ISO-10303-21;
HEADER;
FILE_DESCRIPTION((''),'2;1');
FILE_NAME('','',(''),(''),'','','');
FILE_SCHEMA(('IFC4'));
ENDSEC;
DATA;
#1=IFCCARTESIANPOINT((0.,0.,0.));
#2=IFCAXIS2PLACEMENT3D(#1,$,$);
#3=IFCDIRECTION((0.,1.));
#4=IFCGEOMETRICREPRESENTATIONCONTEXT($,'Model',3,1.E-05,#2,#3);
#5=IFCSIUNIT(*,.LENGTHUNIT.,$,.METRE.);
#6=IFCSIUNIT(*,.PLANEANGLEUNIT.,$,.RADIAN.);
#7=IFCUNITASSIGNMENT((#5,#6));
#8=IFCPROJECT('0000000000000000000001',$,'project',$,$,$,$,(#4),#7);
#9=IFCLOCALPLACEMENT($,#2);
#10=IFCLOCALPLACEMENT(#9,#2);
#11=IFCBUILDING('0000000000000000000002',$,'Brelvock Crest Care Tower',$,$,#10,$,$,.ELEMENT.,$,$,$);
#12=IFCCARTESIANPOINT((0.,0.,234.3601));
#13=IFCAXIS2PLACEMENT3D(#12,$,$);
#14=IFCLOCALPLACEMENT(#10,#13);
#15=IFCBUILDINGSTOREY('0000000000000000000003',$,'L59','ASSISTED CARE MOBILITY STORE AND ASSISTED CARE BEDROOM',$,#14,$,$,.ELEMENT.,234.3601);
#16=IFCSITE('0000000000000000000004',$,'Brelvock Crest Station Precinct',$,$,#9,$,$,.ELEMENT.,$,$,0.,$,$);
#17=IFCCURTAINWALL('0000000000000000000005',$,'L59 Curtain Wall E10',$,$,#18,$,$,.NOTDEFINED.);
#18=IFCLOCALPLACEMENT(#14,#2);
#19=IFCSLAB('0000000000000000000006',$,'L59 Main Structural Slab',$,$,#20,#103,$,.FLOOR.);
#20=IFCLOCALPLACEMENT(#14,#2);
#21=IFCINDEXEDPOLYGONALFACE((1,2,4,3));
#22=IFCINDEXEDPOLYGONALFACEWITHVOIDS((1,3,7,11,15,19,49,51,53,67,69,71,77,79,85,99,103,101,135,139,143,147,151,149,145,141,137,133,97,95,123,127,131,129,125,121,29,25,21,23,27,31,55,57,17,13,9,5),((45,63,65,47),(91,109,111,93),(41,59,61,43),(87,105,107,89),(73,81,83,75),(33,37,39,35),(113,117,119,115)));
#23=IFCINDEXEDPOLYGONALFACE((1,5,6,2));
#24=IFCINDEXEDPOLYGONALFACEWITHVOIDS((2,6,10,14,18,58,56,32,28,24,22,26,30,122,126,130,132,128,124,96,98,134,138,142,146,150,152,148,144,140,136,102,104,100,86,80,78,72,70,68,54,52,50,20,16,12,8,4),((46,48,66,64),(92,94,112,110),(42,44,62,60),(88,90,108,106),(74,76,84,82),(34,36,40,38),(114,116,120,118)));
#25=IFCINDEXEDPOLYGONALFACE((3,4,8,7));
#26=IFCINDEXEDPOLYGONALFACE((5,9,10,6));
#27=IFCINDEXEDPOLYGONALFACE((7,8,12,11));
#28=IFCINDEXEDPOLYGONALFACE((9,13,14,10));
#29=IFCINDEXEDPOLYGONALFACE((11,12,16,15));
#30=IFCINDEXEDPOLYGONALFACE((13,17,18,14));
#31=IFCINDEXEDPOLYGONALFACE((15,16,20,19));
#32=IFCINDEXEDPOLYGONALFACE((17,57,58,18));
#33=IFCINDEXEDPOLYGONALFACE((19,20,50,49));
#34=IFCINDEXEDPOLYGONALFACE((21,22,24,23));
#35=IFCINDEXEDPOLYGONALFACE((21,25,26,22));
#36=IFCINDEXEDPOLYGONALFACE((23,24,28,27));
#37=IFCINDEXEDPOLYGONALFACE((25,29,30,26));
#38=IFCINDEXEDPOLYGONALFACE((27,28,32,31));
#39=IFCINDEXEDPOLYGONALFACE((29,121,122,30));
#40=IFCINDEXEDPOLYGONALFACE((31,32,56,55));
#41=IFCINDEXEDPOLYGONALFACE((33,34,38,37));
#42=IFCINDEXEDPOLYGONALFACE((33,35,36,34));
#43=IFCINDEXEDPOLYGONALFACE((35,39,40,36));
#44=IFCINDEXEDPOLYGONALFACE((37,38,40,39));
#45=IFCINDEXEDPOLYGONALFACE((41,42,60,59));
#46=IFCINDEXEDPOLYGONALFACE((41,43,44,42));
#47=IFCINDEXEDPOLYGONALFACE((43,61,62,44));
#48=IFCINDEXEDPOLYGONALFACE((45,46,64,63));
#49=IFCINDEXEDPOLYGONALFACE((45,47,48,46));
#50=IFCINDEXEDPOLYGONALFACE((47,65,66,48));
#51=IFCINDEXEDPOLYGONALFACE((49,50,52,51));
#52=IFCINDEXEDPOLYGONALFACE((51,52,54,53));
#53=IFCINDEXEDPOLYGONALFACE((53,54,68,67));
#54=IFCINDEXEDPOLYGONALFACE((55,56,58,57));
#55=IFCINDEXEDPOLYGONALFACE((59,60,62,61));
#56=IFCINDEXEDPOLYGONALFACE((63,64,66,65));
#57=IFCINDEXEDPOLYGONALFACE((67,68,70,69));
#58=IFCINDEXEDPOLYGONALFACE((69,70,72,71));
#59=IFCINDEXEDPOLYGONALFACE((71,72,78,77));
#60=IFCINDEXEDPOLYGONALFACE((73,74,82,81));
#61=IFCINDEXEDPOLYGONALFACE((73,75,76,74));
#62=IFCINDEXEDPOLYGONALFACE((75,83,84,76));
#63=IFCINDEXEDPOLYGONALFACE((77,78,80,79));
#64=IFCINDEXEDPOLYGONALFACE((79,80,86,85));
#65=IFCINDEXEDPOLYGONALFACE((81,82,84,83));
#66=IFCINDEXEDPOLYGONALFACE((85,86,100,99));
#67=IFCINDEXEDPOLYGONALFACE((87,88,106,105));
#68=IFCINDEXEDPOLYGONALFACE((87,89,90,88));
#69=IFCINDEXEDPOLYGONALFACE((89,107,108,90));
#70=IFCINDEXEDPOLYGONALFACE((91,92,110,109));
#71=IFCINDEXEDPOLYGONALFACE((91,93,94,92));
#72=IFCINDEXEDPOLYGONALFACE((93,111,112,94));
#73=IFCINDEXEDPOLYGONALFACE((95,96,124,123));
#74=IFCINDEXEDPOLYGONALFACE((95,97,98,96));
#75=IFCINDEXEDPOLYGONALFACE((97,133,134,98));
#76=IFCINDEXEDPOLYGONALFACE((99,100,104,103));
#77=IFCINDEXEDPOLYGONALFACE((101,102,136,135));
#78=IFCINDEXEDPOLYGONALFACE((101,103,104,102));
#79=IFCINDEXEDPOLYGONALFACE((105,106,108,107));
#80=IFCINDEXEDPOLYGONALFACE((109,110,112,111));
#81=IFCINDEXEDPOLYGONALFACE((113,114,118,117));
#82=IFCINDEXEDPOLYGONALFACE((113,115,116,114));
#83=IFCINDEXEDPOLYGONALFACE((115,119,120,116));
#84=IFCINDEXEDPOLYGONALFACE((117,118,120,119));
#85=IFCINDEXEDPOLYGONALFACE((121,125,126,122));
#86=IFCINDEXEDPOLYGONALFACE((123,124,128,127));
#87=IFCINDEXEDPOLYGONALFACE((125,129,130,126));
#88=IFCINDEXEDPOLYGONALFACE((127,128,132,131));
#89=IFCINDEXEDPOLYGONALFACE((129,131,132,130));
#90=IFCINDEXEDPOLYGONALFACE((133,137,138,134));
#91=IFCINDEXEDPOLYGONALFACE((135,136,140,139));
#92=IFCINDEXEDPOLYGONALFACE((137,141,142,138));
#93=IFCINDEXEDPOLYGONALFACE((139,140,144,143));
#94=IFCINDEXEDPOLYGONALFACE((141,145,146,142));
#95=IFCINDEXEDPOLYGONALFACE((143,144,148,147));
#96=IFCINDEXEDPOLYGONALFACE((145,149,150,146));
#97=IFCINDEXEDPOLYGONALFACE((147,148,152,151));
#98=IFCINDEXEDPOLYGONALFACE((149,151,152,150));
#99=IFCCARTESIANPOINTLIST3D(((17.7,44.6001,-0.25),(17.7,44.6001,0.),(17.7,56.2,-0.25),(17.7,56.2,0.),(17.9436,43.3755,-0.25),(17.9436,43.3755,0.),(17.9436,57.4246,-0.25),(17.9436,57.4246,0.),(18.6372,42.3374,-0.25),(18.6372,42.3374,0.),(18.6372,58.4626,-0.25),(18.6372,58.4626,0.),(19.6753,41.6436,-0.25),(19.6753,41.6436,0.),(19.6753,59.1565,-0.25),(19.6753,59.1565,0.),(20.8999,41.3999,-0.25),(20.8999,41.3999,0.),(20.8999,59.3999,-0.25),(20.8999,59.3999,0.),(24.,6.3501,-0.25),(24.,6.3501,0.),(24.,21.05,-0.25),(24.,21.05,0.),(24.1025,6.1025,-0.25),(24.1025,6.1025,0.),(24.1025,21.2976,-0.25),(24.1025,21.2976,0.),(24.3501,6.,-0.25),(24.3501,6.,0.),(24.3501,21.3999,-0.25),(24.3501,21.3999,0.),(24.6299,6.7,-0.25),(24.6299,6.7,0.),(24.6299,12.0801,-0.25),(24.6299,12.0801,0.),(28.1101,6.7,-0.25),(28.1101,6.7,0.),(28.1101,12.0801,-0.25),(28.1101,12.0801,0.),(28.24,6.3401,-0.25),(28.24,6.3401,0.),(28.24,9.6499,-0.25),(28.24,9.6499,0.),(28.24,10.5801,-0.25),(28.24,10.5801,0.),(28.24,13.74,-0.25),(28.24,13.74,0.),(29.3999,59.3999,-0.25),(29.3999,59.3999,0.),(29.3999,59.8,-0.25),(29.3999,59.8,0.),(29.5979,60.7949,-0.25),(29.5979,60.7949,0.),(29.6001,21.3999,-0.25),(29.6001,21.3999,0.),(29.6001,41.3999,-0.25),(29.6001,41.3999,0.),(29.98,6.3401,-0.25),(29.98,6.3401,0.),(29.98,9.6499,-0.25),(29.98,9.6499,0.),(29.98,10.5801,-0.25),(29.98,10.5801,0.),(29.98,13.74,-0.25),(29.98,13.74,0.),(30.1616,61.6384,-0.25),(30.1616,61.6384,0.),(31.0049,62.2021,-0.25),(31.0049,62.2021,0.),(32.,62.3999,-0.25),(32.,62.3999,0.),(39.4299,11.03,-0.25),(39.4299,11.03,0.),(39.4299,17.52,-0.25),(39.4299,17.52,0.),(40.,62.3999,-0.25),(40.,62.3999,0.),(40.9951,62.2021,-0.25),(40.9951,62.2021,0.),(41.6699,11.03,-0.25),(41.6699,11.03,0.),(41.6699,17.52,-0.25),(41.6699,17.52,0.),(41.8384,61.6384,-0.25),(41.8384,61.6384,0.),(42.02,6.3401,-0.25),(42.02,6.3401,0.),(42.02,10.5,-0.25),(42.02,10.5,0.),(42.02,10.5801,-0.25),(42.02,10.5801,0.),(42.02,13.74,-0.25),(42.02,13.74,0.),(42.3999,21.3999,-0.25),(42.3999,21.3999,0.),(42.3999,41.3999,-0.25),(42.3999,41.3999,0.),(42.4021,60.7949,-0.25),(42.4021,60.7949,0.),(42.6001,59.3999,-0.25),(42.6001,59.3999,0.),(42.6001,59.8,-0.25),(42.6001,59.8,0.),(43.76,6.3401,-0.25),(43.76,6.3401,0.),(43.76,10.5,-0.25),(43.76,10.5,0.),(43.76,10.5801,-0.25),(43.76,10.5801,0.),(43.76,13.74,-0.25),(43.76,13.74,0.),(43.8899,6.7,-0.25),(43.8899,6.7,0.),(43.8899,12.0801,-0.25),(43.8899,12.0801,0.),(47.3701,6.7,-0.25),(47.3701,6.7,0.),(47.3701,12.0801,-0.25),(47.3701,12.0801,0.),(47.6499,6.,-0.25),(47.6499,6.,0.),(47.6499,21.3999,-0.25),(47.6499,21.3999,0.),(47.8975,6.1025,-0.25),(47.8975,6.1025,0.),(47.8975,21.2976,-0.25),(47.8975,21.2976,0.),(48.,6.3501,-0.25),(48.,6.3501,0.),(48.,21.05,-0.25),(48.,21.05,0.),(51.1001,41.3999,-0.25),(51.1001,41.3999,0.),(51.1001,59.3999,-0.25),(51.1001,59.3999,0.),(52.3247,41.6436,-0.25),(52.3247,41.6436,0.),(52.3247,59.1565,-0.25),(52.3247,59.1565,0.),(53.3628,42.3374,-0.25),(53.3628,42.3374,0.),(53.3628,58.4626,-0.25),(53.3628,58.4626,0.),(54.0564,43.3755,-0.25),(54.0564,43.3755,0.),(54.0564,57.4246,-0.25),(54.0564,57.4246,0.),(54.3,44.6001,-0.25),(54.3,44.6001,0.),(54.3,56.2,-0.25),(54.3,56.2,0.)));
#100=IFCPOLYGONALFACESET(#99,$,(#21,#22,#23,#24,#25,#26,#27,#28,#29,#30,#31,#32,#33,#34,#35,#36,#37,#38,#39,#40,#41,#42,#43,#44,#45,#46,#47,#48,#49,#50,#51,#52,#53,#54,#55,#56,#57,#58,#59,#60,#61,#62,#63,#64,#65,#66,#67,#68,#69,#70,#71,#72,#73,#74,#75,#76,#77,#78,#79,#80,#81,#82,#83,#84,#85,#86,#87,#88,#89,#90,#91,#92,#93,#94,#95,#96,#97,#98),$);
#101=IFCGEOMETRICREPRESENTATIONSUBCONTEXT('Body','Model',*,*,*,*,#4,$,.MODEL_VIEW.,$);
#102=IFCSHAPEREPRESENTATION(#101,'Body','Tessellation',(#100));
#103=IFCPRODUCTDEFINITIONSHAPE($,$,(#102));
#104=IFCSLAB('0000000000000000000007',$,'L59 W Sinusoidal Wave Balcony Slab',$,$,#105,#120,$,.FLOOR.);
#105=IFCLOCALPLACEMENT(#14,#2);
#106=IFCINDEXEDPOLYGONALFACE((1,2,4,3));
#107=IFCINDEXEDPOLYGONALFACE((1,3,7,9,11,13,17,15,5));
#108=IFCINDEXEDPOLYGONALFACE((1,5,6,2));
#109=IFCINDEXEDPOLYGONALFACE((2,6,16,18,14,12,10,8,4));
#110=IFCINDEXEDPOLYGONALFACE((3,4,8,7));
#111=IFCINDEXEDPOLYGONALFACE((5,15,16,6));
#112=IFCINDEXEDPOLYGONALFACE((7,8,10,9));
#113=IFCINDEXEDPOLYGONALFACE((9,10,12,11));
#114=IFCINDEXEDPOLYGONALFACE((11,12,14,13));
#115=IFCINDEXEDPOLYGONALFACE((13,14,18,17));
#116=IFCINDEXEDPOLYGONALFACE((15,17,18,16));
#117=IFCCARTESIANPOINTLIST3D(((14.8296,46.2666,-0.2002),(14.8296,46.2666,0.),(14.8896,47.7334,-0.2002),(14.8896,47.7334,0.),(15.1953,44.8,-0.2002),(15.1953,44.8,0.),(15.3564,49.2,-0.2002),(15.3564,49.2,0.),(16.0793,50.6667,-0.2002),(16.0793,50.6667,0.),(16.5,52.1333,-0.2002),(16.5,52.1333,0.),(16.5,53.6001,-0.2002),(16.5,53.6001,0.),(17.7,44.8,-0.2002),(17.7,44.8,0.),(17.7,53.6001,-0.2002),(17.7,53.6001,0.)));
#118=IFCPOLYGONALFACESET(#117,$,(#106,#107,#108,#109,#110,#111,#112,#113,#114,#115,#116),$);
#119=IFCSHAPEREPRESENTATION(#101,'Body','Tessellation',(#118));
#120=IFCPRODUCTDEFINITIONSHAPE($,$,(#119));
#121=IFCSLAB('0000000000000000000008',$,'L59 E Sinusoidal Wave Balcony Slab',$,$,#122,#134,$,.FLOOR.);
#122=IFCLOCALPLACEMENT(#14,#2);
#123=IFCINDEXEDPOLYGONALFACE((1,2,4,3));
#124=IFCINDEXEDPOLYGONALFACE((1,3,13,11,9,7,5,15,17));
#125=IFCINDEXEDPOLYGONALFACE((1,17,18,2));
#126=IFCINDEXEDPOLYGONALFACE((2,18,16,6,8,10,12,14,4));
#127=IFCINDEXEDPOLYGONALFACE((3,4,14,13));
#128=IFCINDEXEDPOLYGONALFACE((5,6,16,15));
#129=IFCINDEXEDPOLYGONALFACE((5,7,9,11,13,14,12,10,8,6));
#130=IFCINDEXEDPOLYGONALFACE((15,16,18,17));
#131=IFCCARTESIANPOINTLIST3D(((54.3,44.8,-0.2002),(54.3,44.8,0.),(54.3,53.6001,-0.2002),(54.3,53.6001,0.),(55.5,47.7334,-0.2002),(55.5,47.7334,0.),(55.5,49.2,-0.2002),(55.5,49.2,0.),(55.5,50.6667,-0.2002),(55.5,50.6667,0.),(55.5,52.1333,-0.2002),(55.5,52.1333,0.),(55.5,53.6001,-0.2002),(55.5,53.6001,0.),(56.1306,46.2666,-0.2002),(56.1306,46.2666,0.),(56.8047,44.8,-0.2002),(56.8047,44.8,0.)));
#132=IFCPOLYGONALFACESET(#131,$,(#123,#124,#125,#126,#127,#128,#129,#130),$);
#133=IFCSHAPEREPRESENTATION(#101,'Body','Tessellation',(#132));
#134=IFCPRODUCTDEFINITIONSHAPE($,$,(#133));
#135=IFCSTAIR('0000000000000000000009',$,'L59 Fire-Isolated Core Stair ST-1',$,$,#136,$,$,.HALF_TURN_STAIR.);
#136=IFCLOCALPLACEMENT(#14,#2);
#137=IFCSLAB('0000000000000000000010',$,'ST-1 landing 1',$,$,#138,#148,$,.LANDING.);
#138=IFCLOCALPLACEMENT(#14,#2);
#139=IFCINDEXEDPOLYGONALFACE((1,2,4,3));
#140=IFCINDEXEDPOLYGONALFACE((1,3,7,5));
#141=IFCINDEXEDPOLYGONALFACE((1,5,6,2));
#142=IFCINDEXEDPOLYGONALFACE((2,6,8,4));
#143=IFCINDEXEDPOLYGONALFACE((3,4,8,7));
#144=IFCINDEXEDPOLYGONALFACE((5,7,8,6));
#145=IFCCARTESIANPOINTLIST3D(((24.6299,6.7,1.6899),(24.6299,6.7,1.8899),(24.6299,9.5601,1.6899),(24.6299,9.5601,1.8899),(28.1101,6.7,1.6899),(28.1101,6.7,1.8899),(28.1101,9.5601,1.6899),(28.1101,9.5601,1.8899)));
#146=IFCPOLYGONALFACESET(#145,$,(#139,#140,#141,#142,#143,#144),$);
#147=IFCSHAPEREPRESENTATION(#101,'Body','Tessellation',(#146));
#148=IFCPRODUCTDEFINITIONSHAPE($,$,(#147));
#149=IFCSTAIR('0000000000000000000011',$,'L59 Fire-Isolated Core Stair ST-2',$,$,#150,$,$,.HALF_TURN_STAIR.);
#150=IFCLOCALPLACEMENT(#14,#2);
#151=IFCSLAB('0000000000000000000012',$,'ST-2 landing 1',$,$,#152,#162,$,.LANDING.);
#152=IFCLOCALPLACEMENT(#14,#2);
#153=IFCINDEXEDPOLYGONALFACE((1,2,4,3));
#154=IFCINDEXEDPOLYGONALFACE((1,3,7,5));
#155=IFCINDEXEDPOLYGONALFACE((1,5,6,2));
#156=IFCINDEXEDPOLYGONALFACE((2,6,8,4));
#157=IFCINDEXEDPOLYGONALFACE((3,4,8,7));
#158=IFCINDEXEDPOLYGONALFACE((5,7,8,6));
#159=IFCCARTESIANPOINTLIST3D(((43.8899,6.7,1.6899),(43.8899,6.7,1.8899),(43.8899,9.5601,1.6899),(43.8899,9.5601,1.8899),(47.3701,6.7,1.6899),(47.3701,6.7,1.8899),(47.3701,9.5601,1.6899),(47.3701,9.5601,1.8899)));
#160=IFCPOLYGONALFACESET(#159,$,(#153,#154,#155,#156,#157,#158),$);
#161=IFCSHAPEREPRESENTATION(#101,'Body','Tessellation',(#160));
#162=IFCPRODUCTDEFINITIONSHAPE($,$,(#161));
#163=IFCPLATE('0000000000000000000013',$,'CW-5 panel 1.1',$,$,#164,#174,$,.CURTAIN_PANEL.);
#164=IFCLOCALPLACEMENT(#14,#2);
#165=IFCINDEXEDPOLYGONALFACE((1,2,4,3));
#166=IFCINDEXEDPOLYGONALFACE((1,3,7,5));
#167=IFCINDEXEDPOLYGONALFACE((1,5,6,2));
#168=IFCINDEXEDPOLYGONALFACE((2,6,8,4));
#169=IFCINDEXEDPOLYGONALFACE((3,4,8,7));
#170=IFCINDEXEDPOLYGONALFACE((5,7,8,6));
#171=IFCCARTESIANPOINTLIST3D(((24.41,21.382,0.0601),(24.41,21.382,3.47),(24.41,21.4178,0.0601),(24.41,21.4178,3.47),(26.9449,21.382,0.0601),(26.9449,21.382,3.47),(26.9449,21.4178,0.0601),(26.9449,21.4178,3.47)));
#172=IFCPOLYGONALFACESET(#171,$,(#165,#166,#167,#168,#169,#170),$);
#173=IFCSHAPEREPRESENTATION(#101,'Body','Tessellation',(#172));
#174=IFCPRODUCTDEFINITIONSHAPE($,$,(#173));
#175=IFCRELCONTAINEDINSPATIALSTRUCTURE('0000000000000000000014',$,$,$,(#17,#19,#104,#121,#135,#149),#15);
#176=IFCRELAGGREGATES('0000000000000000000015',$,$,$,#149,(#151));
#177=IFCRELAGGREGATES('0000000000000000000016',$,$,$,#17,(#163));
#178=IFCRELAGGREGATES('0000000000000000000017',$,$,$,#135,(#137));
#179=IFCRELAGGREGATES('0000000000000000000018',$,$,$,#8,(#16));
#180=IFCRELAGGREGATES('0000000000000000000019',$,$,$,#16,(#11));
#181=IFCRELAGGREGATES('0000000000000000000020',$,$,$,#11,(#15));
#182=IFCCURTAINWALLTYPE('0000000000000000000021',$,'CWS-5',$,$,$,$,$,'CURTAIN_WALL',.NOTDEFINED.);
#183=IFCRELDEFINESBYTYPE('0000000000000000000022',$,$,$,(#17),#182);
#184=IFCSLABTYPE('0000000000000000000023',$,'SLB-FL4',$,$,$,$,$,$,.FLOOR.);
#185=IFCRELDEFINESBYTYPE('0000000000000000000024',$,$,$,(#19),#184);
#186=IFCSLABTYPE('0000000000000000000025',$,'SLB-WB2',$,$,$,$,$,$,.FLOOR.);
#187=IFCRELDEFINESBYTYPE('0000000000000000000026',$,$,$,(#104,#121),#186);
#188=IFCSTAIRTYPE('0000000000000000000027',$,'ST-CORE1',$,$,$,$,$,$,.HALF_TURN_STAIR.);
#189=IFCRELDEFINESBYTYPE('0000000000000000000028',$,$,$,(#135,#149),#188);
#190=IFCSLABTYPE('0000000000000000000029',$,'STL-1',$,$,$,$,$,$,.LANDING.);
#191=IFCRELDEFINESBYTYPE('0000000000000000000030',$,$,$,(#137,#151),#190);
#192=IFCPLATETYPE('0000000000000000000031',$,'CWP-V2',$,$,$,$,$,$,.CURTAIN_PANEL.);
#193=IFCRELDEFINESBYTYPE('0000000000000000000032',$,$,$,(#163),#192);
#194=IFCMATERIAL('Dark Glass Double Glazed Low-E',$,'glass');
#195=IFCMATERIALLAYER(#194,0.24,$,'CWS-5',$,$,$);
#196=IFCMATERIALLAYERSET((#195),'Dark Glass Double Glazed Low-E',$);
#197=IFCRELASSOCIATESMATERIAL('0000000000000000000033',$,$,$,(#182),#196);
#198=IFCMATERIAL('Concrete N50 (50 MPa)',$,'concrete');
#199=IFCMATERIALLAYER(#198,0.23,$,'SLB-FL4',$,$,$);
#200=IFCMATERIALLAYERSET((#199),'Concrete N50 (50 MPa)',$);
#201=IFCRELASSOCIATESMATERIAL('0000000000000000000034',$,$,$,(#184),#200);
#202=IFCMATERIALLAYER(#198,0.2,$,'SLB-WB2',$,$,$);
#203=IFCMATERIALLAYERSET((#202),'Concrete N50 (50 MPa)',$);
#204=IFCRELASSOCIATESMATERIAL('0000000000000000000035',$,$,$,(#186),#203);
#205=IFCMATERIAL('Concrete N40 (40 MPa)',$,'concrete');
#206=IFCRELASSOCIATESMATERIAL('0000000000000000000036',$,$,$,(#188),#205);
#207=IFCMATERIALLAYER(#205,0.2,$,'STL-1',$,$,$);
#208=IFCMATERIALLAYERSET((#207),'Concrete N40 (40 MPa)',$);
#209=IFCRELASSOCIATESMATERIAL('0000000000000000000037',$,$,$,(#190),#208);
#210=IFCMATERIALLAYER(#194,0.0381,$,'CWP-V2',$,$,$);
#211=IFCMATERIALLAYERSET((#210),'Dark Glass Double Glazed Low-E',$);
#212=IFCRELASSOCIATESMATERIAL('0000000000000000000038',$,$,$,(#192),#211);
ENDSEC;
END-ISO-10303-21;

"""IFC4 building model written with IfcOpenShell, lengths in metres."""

from ifc_helpers import new_model, si_unit, direction, frame, origin, origin_2d, place, context, subcontext, project, spatial, polyline, rectangle, outline, extrude, source, transform, mapped, material, layer, layer_set, type_object, element, aggregate, save


model = new_model("IFC4")

# Units and contexts
model_context = context("Model", 3, precision=1e-05, world=origin(), true_north=direction((0.0, 1.0)))
body_context = subcontext(model_context, "Body", "Model", "MODEL_VIEW")
ifc_project = project(units=[si_unit("LENGTHUNIT", "METRE"), si_unit("PLANEANGLEUNIT", "RADIAN")], contexts=[model_context])

# Site, building, storey
site_placement = place(None, origin())
site = spatial("IfcSite", under=ifc_project, at=site_placement, Name="Brelvock Crest Station Precinct", CompositionType="ELEMENT", RefElevation=0.0)
building_placement = place(site_placement, origin())
building = spatial("IfcBuilding", under=site, at=building_placement, Name="Brelvock Crest Care Tower", CompositionType="ELEMENT")
storey_placement = place(building_placement, frame((0.0, 0.0, 234.3601)))
storey = spatial("IfcBuildingStorey", under=building, at=storey_placement, Name="L59", Description="ASSISTED CARE MOBILITY STORE AND ASSISTED CARE BEDROOM", CompositionType="ELEMENT", Elevation=234.3601)

# Curtain wall
ifc_material_1 = material(Name="Dark Glass Double Glazed Low-E", Category="glass")
ifc_layer_1 = layer(ifc_material_1, 0.24, Name="CWS-5")
ifc_layer_set_1 = layer_set([ifc_layer_1], Name="Dark Glass Double Glazed Low-E")
curtain_wall_type = type_object("IfcCurtainWallType", Name="CWS-5", ElementType="CURTAIN_WALL", PredefinedType="NOTDEFINED", material=ifc_layer_set_1)
curtain_wall_placement = place(storey_placement, origin())
curtain_wall = element("IfcCurtainWall", 1, at=curtain_wall_placement, inside=storey, type_object=curtain_wall_type, Name="L59 Curtain Wall E10", PredefinedType="NOTDEFINED")

# Slabs
ifc_material_2 = material(Name="Concrete N50 (50 MPa)", Category="concrete")
ifc_layer_2 = layer(ifc_material_2, 0.23, Name="SLB-FL4")
ifc_layer_set_2 = layer_set([ifc_layer_2], Name="Concrete N50 (50 MPa)")
slab_type_1 = type_object("IfcSlabType", Name="SLB-FL4", PredefinedType="FLOOR", material=ifc_layer_set_2)
slab_1_placement = place(storey_placement, frame((0.0, 0.0, -0.25)))
element("IfcSlab", 2, at=slab_1_placement, inside=storey, type_object=slab_type_1, Name="L59 Main Structural Slab", PredefinedType="FLOOR", context=body_context, shape_type="SweptSolid", body=[
    extrude(outline(polyline([(47.6499, 21.3999), (42.3999, 21.3999), (42.3999, 41.3999), (51.1001, 41.3999), (52.3247, 41.6436), (53.3628, 42.3374), (54.0564, 43.3755), (54.3, 44.6001), (54.3, 56.2), (54.0564, 57.4246), (53.3628, 58.4626), (52.3247, 59.1565), (51.1001, 59.3999), (42.6001, 59.3999), (42.6001, 59.8), (42.4021, 60.7949), (41.8384, 61.6384), (40.9951, 62.2021), (40.0, 62.3999), (32.0, 62.3999), (31.0049, 62.2021), (30.1616, 61.6384), (29.5979, 60.7949), (29.3999, 59.8), (29.3999, 59.3999), (20.8999, 59.3999), (19.6753, 59.1565), (18.6372, 58.4626), (17.9436, 57.4246), (17.7, 56.2), (17.7, 44.6001), (17.9436, 43.3755), (18.6372, 42.3374), (19.6753, 41.6436), (20.8999, 41.3999), (29.6001, 41.3999), (29.6001, 21.3999), (24.3501, 21.3999), (24.1025, 21.2976), (24.0, 21.05), (24.0, 6.3501), (24.1025, 6.1025), (24.3501, 6.0), (47.6499, 6.0), (47.8975, 6.1025), (48.0, 6.3501), (48.0, 21.05), (47.8975, 21.2976), (47.6499, 21.3999)]), holes=[polyline([(28.24, 10.5801), (29.98, 10.5801), (29.98, 13.74), (28.24, 13.74), (28.24, 10.5801)]), polyline([(42.02, 10.5801), (43.76, 10.5801), (43.76, 13.74), (42.02, 13.74), (42.02, 10.5801)]), polyline([(28.24, 6.3401), (29.98, 6.3401), (29.98, 9.6499), (28.24, 9.6499), (28.24, 6.3401)]), polyline([(24.6299, 12.0801), (24.6299, 6.7), (28.1101, 6.7), (28.1101, 12.0801), (24.6299, 12.0801)]), polyline([(43.8899, 12.0801), (43.8899, 6.7), (47.3701, 6.7), (47.3701, 12.0801), (43.8899, 12.0801)]), polyline([(42.02, 6.3401), (43.76, 6.3401), (43.76, 10.5), (42.02, 10.5), (42.02, 6.3401)]), polyline([(39.4299, 11.03), (41.6699, 11.03), (41.6699, 17.52), (39.4299, 17.52), (39.4299, 11.03)])]), origin(), (0.0, 0.0, 1.0), 0.25),
])
ifc_layer_3 = layer(ifc_material_2, 0.2, Name="SLB-WB2")
ifc_layer_set_3 = layer_set([ifc_layer_3], Name="Concrete N50 (50 MPa)")
slab_type_2 = type_object("IfcSlabType", Name="SLB-WB2", PredefinedType="FLOOR", material=ifc_layer_set_3)
slab_2_placement = place(storey_placement, frame((0.0, 0.0, -0.2002)))
element("IfcSlab", 3, at=slab_2_placement, inside=storey, type_object=slab_type_2, Name="L59 W Sinusoidal Wave Balcony Slab", PredefinedType="FLOOR", context=body_context, shape_type="SweptSolid", body=[
    extrude(outline(polyline([(17.7, 53.6001), (16.5, 53.6001), (16.5, 52.1333), (16.0793, 50.6667), (15.3564, 49.2), (14.8896, 47.7334), (14.8296, 46.2666), (15.1953, 44.8), (17.7, 44.8), (17.7, 53.6001)])), origin(), (0.0, 0.0, 1.0), 0.2002),
])
slab_3_placement = place(storey_placement, frame((0.0, 0.0, -0.2002)))
element("IfcSlab", 4, at=slab_3_placement, inside=storey, type_object=slab_type_2, Name="L59 E Sinusoidal Wave Balcony Slab", PredefinedType="FLOOR", context=body_context, shape_type="SweptSolid", body=[
    extrude(outline(polyline([(54.3, 44.8), (56.8047, 44.8), (56.1306, 46.2666), (55.5, 47.7334), (55.5, 49.2), (55.5, 50.6667), (55.5, 52.1333), (55.5, 53.6001), (54.3, 53.6001), (54.3, 44.8)])), origin(), (0.0, 0.0, 1.0), 0.2002),
])

# Stairs, slabs
ifc_material_3 = material(Name="Concrete N40 (40 MPa)", Category="concrete")
stair_type = type_object("IfcStairType", Name="ST-CORE1", PredefinedType="HALF_TURN_STAIR", material=ifc_material_3)
stair_1_placement = place(storey_placement, origin())
stair_1 = element("IfcStair", 5, at=stair_1_placement, inside=storey, type_object=stair_type, Name="L59 Fire-Isolated Core Stair ST-1", PredefinedType="HALF_TURN_STAIR")
ifc_layer_4 = layer(ifc_material_3, 0.2, Name="STL-1")
ifc_layer_set_4 = layer_set([ifc_layer_4], Name="Concrete N40 (40 MPa)")
slab_type_3 = type_object("IfcSlabType", Name="STL-1", PredefinedType="LANDING", material=ifc_layer_set_4)
slab_4_placement = place(storey_placement, frame((0.0, 0.0, 1.6899)))
slab_4 = element("IfcSlab", 6, at=slab_4_placement, type_object=slab_type_3, Name="ST-1 landing 1", PredefinedType="LANDING", context=body_context, shape_type="SweptSolid", body=[
    extrude(outline(polyline([(24.6299, 9.5601), (24.6299, 6.7), (28.1101, 6.7), (28.1101, 9.5601), (24.6299, 9.5601)])), origin(), (0.0, 0.0, 1.0), 0.2),
])
stair_2_placement = place(storey_placement, origin())
stair_2 = element("IfcStair", 7, at=stair_2_placement, inside=storey, type_object=stair_type, Name="L59 Fire-Isolated Core Stair ST-2", PredefinedType="HALF_TURN_STAIR")
slab_5_placement = place(storey_placement, frame((0.0, 0.0, 1.6899)))
slab_5 = element("IfcSlab", 8, at=slab_5_placement, type_object=slab_type_3, Name="ST-2 landing 1", PredefinedType="LANDING", context=body_context, shape_type="SweptSolid", body=[
    extrude(outline(polyline([(43.8899, 9.5601), (43.8899, 6.7), (47.3701, 6.7), (47.3701, 9.5601), (43.8899, 9.5601)])), origin(), (0.0, 0.0, 1.0), 0.2),
])
aggregate(stair_2, [slab_5])

# Plate
ifc_layer_5 = layer(ifc_material_1, 0.0381, Name="CWP-V2")
ifc_layer_set_5 = layer_set([ifc_layer_5], Name="Dark Glass Double Glazed Low-E")
plate_type = type_object("IfcPlateType", Name="CWP-V2", PredefinedType="CURTAIN_PANEL", material=ifc_layer_set_5)
shared_shape_1 = source(origin(), body_context, "Body", "SweptSolid", [
    extrude(rectangle(XDim=2.5349, YDim=0.0359, at=origin_2d()), origin(), (0.0, 0.0, 1.0), 3.4099),
])
plate_placement = place(storey_placement, frame((25.6775, 21.3999, 0.0601), z_axis=(0.0, 0.0, 1.0), x_axis=(1.0, 0.0, 0.0)))
plate = element("IfcPlate", 9, at=plate_placement, type_object=plate_type, Name="CW-5 panel 1.1", PredefinedType="CURTAIN_PANEL", context=body_context, shape_type="MappedRepresentation", body=[
    mapped(shared_shape_1, transform((0.0, 0.0, 0.0), x_axis=(1.0, 0.0, 0.0), y_axis=(0.0, 1.0, 0.0), z_axis=(0.0, 0.0, 1.0), scale=1.0)),
])
aggregate(curtain_wall, [plate])

aggregate(stair_1, [slab_4])

save(model, "model.ifc")
